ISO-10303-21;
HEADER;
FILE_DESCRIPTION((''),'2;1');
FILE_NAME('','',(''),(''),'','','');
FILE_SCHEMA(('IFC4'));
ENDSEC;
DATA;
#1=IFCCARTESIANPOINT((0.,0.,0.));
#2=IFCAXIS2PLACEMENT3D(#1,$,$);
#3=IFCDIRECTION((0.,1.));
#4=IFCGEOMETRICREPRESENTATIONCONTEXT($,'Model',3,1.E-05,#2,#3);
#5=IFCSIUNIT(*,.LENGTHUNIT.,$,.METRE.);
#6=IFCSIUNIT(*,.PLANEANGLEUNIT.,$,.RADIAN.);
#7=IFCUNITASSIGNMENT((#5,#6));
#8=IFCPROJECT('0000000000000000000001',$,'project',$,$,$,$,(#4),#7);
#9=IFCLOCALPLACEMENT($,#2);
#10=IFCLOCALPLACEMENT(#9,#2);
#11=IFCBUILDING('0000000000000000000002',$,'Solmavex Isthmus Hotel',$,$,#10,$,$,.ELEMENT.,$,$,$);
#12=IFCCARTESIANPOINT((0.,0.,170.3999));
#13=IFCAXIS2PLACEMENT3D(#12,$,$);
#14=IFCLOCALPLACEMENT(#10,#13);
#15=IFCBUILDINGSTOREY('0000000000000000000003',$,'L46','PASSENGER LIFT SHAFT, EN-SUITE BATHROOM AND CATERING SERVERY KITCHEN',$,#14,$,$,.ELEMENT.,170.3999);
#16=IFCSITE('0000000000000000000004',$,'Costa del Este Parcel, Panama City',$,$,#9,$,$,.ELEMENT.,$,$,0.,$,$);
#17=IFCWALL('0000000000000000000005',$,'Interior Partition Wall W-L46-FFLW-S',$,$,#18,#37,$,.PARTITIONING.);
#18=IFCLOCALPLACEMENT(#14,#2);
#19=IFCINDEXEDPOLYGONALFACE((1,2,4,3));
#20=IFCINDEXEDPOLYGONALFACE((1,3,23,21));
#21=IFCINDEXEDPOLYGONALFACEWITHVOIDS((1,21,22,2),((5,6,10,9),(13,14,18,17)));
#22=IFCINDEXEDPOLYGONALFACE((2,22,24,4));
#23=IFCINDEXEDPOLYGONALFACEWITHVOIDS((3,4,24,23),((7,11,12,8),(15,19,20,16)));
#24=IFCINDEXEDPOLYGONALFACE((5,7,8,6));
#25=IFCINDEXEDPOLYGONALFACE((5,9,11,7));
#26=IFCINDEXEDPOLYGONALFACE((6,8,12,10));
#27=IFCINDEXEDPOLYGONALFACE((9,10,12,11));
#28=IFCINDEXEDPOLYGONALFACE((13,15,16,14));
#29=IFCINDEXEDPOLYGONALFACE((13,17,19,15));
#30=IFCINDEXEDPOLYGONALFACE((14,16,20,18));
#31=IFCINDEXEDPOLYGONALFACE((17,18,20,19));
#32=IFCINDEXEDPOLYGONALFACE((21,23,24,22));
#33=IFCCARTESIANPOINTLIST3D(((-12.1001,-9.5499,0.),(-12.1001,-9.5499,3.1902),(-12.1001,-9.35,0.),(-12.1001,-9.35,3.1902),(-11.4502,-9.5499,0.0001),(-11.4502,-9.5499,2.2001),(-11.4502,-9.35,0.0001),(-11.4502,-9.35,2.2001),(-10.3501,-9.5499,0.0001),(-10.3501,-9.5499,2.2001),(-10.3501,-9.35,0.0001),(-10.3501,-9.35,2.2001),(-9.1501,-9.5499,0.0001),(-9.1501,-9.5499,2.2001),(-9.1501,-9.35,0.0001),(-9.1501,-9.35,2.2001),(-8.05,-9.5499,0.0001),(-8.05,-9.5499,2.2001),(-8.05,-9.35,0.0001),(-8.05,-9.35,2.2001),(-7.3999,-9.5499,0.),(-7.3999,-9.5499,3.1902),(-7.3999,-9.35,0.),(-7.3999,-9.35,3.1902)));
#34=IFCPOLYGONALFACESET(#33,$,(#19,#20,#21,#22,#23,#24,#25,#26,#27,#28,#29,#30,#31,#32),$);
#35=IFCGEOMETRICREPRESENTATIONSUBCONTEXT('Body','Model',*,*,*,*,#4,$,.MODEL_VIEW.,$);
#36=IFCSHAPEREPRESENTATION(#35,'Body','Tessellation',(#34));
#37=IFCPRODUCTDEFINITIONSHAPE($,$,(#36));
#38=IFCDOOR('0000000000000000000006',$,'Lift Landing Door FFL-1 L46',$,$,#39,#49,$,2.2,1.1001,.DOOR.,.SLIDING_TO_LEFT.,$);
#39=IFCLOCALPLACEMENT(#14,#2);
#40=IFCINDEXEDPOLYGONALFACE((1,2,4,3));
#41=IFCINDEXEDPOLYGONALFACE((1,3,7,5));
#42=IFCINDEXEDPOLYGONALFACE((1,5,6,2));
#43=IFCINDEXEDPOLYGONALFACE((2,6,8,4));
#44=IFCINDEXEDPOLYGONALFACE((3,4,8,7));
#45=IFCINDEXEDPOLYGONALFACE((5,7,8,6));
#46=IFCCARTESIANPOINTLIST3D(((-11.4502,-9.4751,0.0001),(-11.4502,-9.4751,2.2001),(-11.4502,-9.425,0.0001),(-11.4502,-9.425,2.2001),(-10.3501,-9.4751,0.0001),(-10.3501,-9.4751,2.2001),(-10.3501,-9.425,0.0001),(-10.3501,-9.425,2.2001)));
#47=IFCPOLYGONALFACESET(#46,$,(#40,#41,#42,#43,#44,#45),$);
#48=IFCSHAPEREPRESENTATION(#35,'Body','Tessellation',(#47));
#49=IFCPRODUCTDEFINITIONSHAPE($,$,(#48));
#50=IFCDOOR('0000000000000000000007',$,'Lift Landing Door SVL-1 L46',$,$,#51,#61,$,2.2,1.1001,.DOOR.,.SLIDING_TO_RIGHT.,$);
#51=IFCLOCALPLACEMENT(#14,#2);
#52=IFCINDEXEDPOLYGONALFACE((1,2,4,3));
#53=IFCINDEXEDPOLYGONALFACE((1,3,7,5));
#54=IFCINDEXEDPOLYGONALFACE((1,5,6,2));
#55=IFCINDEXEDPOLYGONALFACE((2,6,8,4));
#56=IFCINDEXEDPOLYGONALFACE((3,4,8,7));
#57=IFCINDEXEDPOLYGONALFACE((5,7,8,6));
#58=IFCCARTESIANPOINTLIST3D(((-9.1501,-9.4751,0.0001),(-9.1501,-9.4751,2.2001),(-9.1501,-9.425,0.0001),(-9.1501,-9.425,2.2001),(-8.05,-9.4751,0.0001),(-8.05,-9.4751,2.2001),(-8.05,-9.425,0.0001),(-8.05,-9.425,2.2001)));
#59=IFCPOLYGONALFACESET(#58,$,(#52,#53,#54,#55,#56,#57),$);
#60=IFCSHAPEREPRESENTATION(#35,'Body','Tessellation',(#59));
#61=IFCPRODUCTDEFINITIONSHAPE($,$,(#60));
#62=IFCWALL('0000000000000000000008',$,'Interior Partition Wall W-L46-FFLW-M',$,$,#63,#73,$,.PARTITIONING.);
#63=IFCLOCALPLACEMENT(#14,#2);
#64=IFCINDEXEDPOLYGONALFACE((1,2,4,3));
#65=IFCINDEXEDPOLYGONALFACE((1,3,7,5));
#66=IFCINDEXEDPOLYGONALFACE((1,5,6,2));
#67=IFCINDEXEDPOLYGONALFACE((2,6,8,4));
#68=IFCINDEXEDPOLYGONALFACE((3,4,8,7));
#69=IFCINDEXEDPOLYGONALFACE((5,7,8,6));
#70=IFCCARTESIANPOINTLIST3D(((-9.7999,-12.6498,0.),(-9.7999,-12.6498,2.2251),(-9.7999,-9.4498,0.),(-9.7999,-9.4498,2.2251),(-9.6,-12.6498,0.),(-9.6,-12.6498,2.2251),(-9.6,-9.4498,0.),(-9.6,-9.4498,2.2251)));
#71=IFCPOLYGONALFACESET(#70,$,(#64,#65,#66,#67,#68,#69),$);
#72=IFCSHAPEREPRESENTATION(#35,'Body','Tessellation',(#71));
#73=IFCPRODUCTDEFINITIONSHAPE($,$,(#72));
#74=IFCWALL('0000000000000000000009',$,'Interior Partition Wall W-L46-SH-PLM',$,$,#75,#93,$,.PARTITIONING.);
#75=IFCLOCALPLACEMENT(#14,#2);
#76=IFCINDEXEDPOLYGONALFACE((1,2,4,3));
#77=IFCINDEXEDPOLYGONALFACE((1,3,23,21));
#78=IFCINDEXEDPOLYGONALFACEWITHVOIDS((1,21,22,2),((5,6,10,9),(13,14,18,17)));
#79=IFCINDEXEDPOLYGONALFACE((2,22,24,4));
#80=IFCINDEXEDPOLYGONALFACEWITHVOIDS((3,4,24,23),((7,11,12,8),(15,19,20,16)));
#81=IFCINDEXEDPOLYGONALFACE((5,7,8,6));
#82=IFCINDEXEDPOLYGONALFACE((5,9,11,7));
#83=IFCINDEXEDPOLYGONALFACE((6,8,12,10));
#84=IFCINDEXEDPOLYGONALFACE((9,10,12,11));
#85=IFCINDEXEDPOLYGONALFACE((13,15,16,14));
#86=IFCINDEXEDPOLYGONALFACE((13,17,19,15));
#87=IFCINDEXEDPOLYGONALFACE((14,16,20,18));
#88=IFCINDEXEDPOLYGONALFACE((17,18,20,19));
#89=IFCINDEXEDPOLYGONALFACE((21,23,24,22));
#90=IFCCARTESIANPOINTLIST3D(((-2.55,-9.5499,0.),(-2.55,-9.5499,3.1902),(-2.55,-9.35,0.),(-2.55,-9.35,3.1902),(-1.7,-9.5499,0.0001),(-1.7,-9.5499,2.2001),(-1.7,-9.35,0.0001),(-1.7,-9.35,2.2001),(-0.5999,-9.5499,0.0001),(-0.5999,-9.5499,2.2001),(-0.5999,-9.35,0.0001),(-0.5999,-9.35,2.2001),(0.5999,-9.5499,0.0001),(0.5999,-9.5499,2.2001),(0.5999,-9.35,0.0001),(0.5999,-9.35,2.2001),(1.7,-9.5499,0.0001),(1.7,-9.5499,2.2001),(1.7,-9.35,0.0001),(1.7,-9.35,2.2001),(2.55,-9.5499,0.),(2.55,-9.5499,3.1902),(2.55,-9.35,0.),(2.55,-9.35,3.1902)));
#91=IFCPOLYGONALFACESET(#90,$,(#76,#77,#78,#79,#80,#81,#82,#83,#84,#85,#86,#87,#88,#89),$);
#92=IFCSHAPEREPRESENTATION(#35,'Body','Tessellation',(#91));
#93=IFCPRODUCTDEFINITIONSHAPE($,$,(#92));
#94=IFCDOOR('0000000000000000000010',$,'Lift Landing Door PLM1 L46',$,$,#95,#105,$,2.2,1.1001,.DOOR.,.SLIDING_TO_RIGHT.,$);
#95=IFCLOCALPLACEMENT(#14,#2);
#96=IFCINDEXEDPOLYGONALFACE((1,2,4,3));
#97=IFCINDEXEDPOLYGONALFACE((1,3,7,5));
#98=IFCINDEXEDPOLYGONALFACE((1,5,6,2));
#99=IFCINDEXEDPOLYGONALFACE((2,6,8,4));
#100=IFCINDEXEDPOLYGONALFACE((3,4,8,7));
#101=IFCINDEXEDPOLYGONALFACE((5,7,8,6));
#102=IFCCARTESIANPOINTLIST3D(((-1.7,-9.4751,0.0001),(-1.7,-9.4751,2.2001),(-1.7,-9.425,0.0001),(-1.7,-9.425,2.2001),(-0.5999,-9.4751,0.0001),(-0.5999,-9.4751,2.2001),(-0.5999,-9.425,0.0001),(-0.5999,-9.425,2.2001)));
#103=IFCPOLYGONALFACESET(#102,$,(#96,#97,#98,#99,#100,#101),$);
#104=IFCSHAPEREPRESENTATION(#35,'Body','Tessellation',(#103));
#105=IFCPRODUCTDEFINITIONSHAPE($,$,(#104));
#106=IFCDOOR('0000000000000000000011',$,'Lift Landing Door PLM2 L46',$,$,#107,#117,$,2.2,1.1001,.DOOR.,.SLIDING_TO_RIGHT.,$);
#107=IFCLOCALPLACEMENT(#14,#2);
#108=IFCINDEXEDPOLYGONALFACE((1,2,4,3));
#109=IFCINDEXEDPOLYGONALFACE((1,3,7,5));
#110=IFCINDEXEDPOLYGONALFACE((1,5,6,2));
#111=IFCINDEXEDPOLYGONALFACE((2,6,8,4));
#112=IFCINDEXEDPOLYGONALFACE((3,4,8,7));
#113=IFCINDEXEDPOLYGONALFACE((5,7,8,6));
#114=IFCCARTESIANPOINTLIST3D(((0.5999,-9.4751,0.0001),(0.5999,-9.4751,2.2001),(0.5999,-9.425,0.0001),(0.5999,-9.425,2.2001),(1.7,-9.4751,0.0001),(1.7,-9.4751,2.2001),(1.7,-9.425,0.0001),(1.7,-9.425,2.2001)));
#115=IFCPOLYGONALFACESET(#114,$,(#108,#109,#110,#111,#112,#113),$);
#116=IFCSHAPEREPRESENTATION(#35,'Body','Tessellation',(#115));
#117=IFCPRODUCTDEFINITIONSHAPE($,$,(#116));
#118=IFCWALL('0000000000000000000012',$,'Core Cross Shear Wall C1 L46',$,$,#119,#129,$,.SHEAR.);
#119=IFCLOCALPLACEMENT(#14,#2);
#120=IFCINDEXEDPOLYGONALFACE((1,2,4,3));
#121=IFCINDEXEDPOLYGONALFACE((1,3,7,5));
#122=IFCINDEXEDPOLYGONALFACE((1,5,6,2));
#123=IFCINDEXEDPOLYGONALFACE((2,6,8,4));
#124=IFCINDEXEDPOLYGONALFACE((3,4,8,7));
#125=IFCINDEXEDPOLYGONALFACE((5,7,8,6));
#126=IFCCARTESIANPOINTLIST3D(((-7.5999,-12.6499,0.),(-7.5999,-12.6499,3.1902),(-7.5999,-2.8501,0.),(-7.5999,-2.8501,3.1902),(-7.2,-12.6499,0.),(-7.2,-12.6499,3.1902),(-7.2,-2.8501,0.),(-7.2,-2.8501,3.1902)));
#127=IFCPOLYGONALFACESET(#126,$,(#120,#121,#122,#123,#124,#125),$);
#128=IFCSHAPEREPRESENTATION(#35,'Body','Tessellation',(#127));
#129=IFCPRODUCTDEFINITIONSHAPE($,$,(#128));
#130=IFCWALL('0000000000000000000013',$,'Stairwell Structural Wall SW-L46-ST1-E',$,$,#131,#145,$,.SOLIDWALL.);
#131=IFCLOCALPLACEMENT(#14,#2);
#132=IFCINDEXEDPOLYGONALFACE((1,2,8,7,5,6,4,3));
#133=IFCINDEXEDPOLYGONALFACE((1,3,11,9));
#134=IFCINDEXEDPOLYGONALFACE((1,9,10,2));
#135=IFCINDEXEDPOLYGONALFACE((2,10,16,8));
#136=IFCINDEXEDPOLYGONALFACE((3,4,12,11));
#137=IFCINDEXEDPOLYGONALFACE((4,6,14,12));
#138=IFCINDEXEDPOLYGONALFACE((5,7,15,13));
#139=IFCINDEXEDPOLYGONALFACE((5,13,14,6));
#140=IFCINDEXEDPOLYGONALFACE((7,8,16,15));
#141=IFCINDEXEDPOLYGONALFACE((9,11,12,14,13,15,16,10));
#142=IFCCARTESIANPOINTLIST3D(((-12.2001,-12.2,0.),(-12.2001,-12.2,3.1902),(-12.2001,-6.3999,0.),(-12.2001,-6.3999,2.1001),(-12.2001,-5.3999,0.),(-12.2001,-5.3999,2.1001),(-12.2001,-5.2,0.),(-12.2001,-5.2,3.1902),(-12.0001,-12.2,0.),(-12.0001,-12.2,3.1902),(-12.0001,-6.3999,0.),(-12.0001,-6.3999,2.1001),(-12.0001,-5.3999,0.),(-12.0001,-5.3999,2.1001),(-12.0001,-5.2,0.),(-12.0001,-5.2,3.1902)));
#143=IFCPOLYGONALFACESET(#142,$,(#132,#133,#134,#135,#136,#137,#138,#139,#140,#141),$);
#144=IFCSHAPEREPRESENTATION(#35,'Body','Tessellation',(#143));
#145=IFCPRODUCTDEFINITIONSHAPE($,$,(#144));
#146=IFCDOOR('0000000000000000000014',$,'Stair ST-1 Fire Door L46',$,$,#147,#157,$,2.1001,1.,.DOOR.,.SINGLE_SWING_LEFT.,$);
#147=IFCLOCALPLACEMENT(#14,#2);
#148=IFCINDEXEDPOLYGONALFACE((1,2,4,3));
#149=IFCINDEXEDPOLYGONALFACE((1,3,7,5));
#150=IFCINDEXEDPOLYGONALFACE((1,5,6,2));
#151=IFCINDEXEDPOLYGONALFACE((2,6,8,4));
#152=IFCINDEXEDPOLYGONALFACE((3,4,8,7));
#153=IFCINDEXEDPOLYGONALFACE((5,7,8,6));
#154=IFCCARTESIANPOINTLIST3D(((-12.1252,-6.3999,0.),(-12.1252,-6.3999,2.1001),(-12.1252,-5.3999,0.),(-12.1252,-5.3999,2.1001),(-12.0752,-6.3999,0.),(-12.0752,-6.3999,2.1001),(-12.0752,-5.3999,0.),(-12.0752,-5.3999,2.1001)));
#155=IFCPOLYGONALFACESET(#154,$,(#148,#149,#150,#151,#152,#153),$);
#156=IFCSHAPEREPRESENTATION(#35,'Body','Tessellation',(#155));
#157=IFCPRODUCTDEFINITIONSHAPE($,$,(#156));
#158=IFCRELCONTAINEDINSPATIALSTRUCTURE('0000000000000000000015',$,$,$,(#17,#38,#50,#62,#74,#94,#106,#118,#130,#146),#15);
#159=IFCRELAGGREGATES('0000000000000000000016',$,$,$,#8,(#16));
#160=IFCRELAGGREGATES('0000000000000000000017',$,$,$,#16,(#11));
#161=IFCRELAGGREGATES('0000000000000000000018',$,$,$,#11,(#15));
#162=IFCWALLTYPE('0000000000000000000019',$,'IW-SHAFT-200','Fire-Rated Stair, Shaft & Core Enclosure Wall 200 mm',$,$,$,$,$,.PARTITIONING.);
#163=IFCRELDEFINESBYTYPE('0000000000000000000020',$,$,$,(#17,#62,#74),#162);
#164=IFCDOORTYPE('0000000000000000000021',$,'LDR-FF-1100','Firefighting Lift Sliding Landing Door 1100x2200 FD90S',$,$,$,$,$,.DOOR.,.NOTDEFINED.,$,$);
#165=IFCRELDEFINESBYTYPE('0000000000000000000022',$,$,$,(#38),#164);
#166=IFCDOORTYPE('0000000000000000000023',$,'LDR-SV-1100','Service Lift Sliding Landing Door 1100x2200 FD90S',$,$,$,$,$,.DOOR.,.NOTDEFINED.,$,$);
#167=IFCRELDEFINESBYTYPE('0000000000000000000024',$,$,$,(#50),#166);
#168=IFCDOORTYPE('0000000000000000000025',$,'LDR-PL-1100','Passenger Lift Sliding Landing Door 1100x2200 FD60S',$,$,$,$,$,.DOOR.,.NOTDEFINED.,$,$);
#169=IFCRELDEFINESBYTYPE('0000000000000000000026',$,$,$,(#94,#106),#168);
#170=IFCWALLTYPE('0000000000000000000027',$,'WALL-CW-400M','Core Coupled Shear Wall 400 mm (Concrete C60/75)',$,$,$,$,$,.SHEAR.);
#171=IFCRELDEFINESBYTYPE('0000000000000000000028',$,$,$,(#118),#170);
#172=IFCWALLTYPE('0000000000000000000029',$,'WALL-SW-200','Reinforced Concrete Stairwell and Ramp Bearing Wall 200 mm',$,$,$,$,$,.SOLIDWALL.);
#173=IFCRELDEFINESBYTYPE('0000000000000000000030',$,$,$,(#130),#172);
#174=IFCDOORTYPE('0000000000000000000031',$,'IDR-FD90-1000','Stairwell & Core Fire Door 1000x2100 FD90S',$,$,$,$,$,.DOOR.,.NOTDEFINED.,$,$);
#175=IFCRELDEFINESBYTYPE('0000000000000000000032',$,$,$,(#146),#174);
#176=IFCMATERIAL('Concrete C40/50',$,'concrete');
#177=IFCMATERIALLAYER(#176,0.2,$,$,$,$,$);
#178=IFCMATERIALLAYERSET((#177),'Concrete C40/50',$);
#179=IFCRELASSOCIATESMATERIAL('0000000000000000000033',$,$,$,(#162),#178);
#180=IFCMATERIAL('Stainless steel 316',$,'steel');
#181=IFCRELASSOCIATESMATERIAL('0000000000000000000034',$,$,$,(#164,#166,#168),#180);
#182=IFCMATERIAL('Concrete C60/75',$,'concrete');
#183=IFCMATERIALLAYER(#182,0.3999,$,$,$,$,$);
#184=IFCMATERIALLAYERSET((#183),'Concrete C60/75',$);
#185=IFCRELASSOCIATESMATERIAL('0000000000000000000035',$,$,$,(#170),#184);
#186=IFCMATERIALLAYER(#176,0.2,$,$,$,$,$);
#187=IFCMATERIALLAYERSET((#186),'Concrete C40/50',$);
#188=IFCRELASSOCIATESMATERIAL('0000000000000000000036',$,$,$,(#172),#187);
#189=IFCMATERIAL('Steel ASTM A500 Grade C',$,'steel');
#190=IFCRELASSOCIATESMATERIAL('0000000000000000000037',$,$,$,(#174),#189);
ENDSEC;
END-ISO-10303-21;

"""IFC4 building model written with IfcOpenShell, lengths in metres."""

from ifc_helpers import new_model, si_unit, direction, frame, frame_2d, origin, place, context, subcontext, project, spatial, rectangle, extrude, material, layer, layer_set, type_object, element, fill, save


model = new_model("IFC4")

# Units and contexts
model_context = context("Model", 3, precision=1e-05, world=origin(), true_north=direction((0.0, 1.0)))
body_context = subcontext(model_context, "Body", "Model", "MODEL_VIEW")
ifc_project = project(units=[si_unit("LENGTHUNIT", "METRE"), si_unit("PLANEANGLEUNIT", "RADIAN")], contexts=[model_context])

# Site, building, storey
site_placement = place(None, origin())
site = spatial("IfcSite", under=ifc_project, at=site_placement, Name="Costa del Este Parcel, Panama City", CompositionType="ELEMENT", RefElevation=0.0)
building_placement = place(site_placement, origin())
building = spatial("IfcBuilding", under=site, at=building_placement, Name="Solmavex Isthmus Hotel", CompositionType="ELEMENT")
storey_placement = place(building_placement, frame((0.0, 0.0, 170.3999)))
storey = spatial("IfcBuildingStorey", under=building, at=storey_placement, Name="L46", Description="PASSENGER LIFT SHAFT, EN-SUITE BATHROOM AND CATERING SERVERY KITCHEN", CompositionType="ELEMENT", Elevation=170.3999)

# Shared definitions
ifc_material_1 = material(Name="Concrete C60/75", Category="concrete")

# Shared definitions
ifc_material_2 = material(Name="Steel ASTM A500 Grade C", Category="steel")

# Shared definitions
ifc_material_3 = material(Name="Concrete C40/50", Category="concrete")

# Shared definitions
ifc_layer_1 = layer(ifc_material_3, 0.2)
ifc_layer_set_1 = layer_set([ifc_layer_1], Name="Concrete C40/50")
wall_type_1 = type_object("IfcWallType", Name="IW-SHAFT-200", Description="Fire-Rated Stair, Shaft & Core Enclosure Wall 200 mm", PredefinedType="PARTITIONING", material=ifc_layer_set_1)

# Wall, openings, doors
wall_1_placement = place(storey_placement, frame((-12.1001, -9.45, 0.0), z_axis=(0.0, 0.0, 1.0), x_axis=(1.0, 0.0, 0.0)))
wall_1 = element("IfcWall", 1, at=wall_1_placement, inside=storey, type_object=wall_type_1, Name="Interior Partition Wall W-L46-FFLW-S", PredefinedType="PARTITIONING", context=body_context, shape_type="SweptSolid", body=[
    extrude(rectangle(XDim=4.7002, YDim=0.2, at=frame_2d((2.3501, 0.0))), origin(), (0.0, 0.0, 1.0), 3.1902),
])
opening_1_placement = place(wall_1_placement, frame((0.6499, 0.0, 0.0)))
opening_1 = element("IfcOpeningElement", 2, at=opening_1_placement, cuts=wall_1, PredefinedType="OPENING", context=body_context, shape_type="SweptSolid", body=[
    extrude(rectangle(XDim=1.1001, YDim=2.2, at=frame_2d((0.55, 1.1001))), frame((0.0, 0.1099, 0.0), z_axis=(0.0, -1.0, 0.0), x_axis=(1.0, 0.0, 0.0)), (0.0, 0.0, 1.0), 0.22),
])
opening_2_placement = place(wall_1_placement, frame((2.95, 0.0, 0.0)))
opening_2 = element("IfcOpeningElement", 3, at=opening_2_placement, cuts=wall_1, PredefinedType="OPENING", context=body_context, shape_type="SweptSolid", body=[
    extrude(rectangle(XDim=1.1001, YDim=2.2, at=frame_2d((0.55, 1.1001))), frame((0.0, 0.1099, 0.0), z_axis=(0.0, -1.0, 0.0), x_axis=(1.0, 0.0, 0.0)), (0.0, 0.0, 1.0), 0.22),
])
ifc_material_4 = material(Name="Stainless steel 316", Category="steel")
door_type_1 = type_object("IfcDoorType", Name="LDR-FF-1100", Description="Firefighting Lift Sliding Landing Door 1100x2200 FD90S", OperationType="NOTDEFINED", PredefinedType="DOOR", material=ifc_material_4)
door_1_placement = place(opening_1_placement, origin())
door_1 = element("IfcDoor", 4, at=door_1_placement, inside=storey, type_object=door_type_1, Name="Lift Landing Door FFL-1 L46", OperationType="SLIDING_TO_LEFT", OverallHeight=2.2, OverallWidth=1.1001, PredefinedType="DOOR", context=body_context, shape_type="SweptSolid", body=[
    extrude(rectangle(XDim=1.1001, YDim=2.2, at=frame_2d((0.55, 1.1001))), frame((0.0, 0.0249, 0.0), z_axis=(0.0, -1.0, 0.0), x_axis=(1.0, 0.0, 0.0)), (0.0, 0.0, 1.0), 0.05),
])
fill(opening_1, door_1)
door_type_2 = type_object("IfcDoorType", Name="LDR-SV-1100", Description="Service Lift Sliding Landing Door 1100x2200 FD90S", OperationType="NOTDEFINED", PredefinedType="DOOR", material=ifc_material_4)
door_2_placement = place(opening_2_placement, origin())
door_2 = element("IfcDoor", 5, at=door_2_placement, inside=storey, type_object=door_type_2, Name="Lift Landing Door SVL-1 L46", OperationType="SLIDING_TO_RIGHT", OverallHeight=2.2, OverallWidth=1.1001, PredefinedType="DOOR", context=body_context, shape_type="SweptSolid", body=[
    extrude(rectangle(XDim=1.1001, YDim=2.2, at=frame_2d((0.55, 1.1001))), frame((0.0, 0.0249, 0.0), z_axis=(0.0, -1.0, 0.0), x_axis=(1.0, 0.0, 0.0)), (0.0, 0.0, 1.0), 0.05),
])
fill(opening_2, door_2)

# Wall
wall_2_placement = place(storey_placement, frame((-9.7, -12.6499, 0.0), z_axis=(0.0, 0.0, 1.0), x_axis=(0.0, 1.0, 0.0)))
element("IfcWall", 6, at=wall_2_placement, inside=storey, type_object=wall_type_1, Name="Interior Partition Wall W-L46-FFLW-M", PredefinedType="PARTITIONING", context=body_context, shape_type="SweptSolid", body=[
    extrude(rectangle(XDim=3.2, YDim=0.2, at=frame_2d((1.6001, 0.0))), origin(), (0.0, 0.0, 1.0), 2.2251),
])

# Wall, openings, doors
wall_3_placement = place(storey_placement, frame((-2.55, -9.45, 0.0), z_axis=(0.0, 0.0, 1.0), x_axis=(1.0, 0.0, 0.0)))
wall_3 = element("IfcWall", 7, at=wall_3_placement, inside=storey, type_object=wall_type_1, Name="Interior Partition Wall W-L46-SH-PLM", PredefinedType="PARTITIONING", context=body_context, shape_type="SweptSolid", body=[
    extrude(rectangle(XDim=5.1001, YDim=0.2, at=frame_2d((2.55, 0.0))), origin(), (0.0, 0.0, 1.0), 3.1902),
])
opening_3_placement = place(wall_3_placement, frame((0.8501, 0.0, 0.0)))
opening_3 = element("IfcOpeningElement", 8, at=opening_3_placement, cuts=wall_3, PredefinedType="OPENING", context=body_context, shape_type="SweptSolid", body=[
    extrude(rectangle(XDim=1.1001, YDim=2.2, at=frame_2d((0.55, 1.1001))), frame((0.0, 0.1099, 0.0), z_axis=(0.0, -1.0, 0.0), x_axis=(1.0, 0.0, 0.0)), (0.0, 0.0, 1.0), 0.22),
])
opening_4_placement = place(wall_3_placement, frame((3.1499, 0.0, 0.0)))
opening_4 = element("IfcOpeningElement", 9, at=opening_4_placement, cuts=wall_3, PredefinedType="OPENING", context=body_context, shape_type="SweptSolid", body=[
    extrude(rectangle(XDim=1.1001, YDim=2.2, at=frame_2d((0.55, 1.1001))), frame((0.0, 0.1099, 0.0), z_axis=(0.0, -1.0, 0.0), x_axis=(1.0, 0.0, 0.0)), (0.0, 0.0, 1.0), 0.22),
])
door_type_3 = type_object("IfcDoorType", Name="LDR-PL-1100", Description="Passenger Lift Sliding Landing Door 1100x2200 FD60S", OperationType="NOTDEFINED", PredefinedType="DOOR", material=ifc_material_4)
door_3_placement = place(opening_3_placement, origin())
door_3 = element("IfcDoor", 10, at=door_3_placement, inside=storey, type_object=door_type_3, Name="Lift Landing Door PLM1 L46", OperationType="SLIDING_TO_RIGHT", OverallHeight=2.2, OverallWidth=1.1001, PredefinedType="DOOR", context=body_context, shape_type="SweptSolid", body=[
    extrude(rectangle(XDim=1.1001, YDim=2.2, at=frame_2d((0.55, 1.1001))), frame((0.0, 0.0249, 0.0), z_axis=(0.0, -1.0, 0.0), x_axis=(1.0, 0.0, 0.0)), (0.0, 0.0, 1.0), 0.05),
])
fill(opening_3, door_3)
door_4_placement = place(opening_4_placement, origin())
door_4 = element("IfcDoor", 11, at=door_4_placement, inside=storey, type_object=door_type_3, Name="Lift Landing Door PLM2 L46", OperationType="SLIDING_TO_RIGHT", OverallHeight=2.2, OverallWidth=1.1001, PredefinedType="DOOR", context=body_context, shape_type="SweptSolid", body=[
    extrude(rectangle(XDim=1.1001, YDim=2.2, at=frame_2d((0.55, 1.1001))), frame((0.0, 0.0249, 0.0), z_axis=(0.0, -1.0, 0.0), x_axis=(1.0, 0.0, 0.0)), (0.0, 0.0, 1.0), 0.05),
])
fill(opening_4, door_4)

# Wall
ifc_layer_2 = layer(ifc_material_1, 0.3999)
ifc_layer_set_2 = layer_set([ifc_layer_2], Name="Concrete C60/75")
wall_type_2 = type_object("IfcWallType", Name="WALL-CW-400M", Description="Core Coupled Shear Wall 400 mm (Concrete C60/75)", PredefinedType="SHEAR", material=ifc_layer_set_2)
wall_4_placement = place(storey_placement, frame((-7.3999, -12.6499, 0.0), z_axis=(0.0, 0.0, 1.0), x_axis=(0.0, 1.0, 0.0)))
element("IfcWall", 12, at=wall_4_placement, inside=storey, type_object=wall_type_2, Name="Core Cross Shear Wall C1 L46", PredefinedType="SHEAR", context=body_context, shape_type="SweptSolid", body=[
    extrude(rectangle(XDim=9.7998, YDim=0.3999, at=frame_2d((4.8999, 0.0))), origin(), (0.0, 0.0, 1.0), 3.1902),
])

# Wall, opening, door
ifc_layer_3 = layer(ifc_material_3, 0.2)
ifc_layer_set_3 = layer_set([ifc_layer_3], Name="Concrete C40/50")
wall_type_3 = type_object("IfcWallType", Name="WALL-SW-200", Description="Reinforced Concrete Stairwell and Ramp Bearing Wall 200 mm", PredefinedType="SOLIDWALL", material=ifc_layer_set_3)
wall_5_placement = place(storey_placement, frame((-12.1001, -12.2, 0.0), z_axis=(0.0, 0.0, 1.0), x_axis=(0.0, 1.0, 0.0)))
wall_5 = element("IfcWall", 13, at=wall_5_placement, inside=storey, type_object=wall_type_3, Name="Stairwell Structural Wall SW-L46-ST1-E", PredefinedType="SOLIDWALL", context=body_context, shape_type="SweptSolid", body=[
    extrude(rectangle(XDim=7.0, YDim=0.2, at=frame_2d((3.5, 0.0))), origin(), (0.0, 0.0, 1.0), 3.1902),
])
opening_5_placement = place(wall_5_placement, frame((5.8, 0.0, 0.0)))
opening_5 = element("IfcOpeningElement", 14, at=opening_5_placement, cuts=wall_5, PredefinedType="OPENING", context=body_context, shape_type="SweptSolid", body=[
    extrude(rectangle(XDim=1.0, YDim=2.1001, at=frame_2d((0.5, 1.05))), frame((0.0, 0.1099, 0.0), z_axis=(0.0, -1.0, 0.0), x_axis=(1.0, 0.0, 0.0)), (0.0, 0.0, 1.0), 0.22),
])
door_type_4 = type_object("IfcDoorType", Name="IDR-FD90-1000", Description="Stairwell & Core Fire Door 1000x2100 FD90S", OperationType="NOTDEFINED", PredefinedType="DOOR", material=ifc_material_2)
door_5_placement = place(opening_5_placement, frame((1.0, 0.0, 0.0), z_axis=(0.0, 0.0, 1.0), x_axis=(-1.0, 0.0, 0.0)))
door_5 = element("IfcDoor", 15, at=door_5_placement, inside=storey, type_object=door_type_4, Name="Stair ST-1 Fire Door L46", OperationType="SINGLE_SWING_LEFT", OverallHeight=2.1001, OverallWidth=1.0, PredefinedType="DOOR", context=body_context, shape_type="SweptSolid", body=[
    extrude(rectangle(XDim=1.0, YDim=2.1001, at=frame_2d((0.5, 1.05))), frame((0.0, 0.0249, 0.0), z_axis=(0.0, -1.0, 0.0), x_axis=(1.0, 0.0, 0.0)), (0.0, 0.0, 1.0), 0.05),
])
fill(opening_5, door_5)

save(model, "model.ifc")
